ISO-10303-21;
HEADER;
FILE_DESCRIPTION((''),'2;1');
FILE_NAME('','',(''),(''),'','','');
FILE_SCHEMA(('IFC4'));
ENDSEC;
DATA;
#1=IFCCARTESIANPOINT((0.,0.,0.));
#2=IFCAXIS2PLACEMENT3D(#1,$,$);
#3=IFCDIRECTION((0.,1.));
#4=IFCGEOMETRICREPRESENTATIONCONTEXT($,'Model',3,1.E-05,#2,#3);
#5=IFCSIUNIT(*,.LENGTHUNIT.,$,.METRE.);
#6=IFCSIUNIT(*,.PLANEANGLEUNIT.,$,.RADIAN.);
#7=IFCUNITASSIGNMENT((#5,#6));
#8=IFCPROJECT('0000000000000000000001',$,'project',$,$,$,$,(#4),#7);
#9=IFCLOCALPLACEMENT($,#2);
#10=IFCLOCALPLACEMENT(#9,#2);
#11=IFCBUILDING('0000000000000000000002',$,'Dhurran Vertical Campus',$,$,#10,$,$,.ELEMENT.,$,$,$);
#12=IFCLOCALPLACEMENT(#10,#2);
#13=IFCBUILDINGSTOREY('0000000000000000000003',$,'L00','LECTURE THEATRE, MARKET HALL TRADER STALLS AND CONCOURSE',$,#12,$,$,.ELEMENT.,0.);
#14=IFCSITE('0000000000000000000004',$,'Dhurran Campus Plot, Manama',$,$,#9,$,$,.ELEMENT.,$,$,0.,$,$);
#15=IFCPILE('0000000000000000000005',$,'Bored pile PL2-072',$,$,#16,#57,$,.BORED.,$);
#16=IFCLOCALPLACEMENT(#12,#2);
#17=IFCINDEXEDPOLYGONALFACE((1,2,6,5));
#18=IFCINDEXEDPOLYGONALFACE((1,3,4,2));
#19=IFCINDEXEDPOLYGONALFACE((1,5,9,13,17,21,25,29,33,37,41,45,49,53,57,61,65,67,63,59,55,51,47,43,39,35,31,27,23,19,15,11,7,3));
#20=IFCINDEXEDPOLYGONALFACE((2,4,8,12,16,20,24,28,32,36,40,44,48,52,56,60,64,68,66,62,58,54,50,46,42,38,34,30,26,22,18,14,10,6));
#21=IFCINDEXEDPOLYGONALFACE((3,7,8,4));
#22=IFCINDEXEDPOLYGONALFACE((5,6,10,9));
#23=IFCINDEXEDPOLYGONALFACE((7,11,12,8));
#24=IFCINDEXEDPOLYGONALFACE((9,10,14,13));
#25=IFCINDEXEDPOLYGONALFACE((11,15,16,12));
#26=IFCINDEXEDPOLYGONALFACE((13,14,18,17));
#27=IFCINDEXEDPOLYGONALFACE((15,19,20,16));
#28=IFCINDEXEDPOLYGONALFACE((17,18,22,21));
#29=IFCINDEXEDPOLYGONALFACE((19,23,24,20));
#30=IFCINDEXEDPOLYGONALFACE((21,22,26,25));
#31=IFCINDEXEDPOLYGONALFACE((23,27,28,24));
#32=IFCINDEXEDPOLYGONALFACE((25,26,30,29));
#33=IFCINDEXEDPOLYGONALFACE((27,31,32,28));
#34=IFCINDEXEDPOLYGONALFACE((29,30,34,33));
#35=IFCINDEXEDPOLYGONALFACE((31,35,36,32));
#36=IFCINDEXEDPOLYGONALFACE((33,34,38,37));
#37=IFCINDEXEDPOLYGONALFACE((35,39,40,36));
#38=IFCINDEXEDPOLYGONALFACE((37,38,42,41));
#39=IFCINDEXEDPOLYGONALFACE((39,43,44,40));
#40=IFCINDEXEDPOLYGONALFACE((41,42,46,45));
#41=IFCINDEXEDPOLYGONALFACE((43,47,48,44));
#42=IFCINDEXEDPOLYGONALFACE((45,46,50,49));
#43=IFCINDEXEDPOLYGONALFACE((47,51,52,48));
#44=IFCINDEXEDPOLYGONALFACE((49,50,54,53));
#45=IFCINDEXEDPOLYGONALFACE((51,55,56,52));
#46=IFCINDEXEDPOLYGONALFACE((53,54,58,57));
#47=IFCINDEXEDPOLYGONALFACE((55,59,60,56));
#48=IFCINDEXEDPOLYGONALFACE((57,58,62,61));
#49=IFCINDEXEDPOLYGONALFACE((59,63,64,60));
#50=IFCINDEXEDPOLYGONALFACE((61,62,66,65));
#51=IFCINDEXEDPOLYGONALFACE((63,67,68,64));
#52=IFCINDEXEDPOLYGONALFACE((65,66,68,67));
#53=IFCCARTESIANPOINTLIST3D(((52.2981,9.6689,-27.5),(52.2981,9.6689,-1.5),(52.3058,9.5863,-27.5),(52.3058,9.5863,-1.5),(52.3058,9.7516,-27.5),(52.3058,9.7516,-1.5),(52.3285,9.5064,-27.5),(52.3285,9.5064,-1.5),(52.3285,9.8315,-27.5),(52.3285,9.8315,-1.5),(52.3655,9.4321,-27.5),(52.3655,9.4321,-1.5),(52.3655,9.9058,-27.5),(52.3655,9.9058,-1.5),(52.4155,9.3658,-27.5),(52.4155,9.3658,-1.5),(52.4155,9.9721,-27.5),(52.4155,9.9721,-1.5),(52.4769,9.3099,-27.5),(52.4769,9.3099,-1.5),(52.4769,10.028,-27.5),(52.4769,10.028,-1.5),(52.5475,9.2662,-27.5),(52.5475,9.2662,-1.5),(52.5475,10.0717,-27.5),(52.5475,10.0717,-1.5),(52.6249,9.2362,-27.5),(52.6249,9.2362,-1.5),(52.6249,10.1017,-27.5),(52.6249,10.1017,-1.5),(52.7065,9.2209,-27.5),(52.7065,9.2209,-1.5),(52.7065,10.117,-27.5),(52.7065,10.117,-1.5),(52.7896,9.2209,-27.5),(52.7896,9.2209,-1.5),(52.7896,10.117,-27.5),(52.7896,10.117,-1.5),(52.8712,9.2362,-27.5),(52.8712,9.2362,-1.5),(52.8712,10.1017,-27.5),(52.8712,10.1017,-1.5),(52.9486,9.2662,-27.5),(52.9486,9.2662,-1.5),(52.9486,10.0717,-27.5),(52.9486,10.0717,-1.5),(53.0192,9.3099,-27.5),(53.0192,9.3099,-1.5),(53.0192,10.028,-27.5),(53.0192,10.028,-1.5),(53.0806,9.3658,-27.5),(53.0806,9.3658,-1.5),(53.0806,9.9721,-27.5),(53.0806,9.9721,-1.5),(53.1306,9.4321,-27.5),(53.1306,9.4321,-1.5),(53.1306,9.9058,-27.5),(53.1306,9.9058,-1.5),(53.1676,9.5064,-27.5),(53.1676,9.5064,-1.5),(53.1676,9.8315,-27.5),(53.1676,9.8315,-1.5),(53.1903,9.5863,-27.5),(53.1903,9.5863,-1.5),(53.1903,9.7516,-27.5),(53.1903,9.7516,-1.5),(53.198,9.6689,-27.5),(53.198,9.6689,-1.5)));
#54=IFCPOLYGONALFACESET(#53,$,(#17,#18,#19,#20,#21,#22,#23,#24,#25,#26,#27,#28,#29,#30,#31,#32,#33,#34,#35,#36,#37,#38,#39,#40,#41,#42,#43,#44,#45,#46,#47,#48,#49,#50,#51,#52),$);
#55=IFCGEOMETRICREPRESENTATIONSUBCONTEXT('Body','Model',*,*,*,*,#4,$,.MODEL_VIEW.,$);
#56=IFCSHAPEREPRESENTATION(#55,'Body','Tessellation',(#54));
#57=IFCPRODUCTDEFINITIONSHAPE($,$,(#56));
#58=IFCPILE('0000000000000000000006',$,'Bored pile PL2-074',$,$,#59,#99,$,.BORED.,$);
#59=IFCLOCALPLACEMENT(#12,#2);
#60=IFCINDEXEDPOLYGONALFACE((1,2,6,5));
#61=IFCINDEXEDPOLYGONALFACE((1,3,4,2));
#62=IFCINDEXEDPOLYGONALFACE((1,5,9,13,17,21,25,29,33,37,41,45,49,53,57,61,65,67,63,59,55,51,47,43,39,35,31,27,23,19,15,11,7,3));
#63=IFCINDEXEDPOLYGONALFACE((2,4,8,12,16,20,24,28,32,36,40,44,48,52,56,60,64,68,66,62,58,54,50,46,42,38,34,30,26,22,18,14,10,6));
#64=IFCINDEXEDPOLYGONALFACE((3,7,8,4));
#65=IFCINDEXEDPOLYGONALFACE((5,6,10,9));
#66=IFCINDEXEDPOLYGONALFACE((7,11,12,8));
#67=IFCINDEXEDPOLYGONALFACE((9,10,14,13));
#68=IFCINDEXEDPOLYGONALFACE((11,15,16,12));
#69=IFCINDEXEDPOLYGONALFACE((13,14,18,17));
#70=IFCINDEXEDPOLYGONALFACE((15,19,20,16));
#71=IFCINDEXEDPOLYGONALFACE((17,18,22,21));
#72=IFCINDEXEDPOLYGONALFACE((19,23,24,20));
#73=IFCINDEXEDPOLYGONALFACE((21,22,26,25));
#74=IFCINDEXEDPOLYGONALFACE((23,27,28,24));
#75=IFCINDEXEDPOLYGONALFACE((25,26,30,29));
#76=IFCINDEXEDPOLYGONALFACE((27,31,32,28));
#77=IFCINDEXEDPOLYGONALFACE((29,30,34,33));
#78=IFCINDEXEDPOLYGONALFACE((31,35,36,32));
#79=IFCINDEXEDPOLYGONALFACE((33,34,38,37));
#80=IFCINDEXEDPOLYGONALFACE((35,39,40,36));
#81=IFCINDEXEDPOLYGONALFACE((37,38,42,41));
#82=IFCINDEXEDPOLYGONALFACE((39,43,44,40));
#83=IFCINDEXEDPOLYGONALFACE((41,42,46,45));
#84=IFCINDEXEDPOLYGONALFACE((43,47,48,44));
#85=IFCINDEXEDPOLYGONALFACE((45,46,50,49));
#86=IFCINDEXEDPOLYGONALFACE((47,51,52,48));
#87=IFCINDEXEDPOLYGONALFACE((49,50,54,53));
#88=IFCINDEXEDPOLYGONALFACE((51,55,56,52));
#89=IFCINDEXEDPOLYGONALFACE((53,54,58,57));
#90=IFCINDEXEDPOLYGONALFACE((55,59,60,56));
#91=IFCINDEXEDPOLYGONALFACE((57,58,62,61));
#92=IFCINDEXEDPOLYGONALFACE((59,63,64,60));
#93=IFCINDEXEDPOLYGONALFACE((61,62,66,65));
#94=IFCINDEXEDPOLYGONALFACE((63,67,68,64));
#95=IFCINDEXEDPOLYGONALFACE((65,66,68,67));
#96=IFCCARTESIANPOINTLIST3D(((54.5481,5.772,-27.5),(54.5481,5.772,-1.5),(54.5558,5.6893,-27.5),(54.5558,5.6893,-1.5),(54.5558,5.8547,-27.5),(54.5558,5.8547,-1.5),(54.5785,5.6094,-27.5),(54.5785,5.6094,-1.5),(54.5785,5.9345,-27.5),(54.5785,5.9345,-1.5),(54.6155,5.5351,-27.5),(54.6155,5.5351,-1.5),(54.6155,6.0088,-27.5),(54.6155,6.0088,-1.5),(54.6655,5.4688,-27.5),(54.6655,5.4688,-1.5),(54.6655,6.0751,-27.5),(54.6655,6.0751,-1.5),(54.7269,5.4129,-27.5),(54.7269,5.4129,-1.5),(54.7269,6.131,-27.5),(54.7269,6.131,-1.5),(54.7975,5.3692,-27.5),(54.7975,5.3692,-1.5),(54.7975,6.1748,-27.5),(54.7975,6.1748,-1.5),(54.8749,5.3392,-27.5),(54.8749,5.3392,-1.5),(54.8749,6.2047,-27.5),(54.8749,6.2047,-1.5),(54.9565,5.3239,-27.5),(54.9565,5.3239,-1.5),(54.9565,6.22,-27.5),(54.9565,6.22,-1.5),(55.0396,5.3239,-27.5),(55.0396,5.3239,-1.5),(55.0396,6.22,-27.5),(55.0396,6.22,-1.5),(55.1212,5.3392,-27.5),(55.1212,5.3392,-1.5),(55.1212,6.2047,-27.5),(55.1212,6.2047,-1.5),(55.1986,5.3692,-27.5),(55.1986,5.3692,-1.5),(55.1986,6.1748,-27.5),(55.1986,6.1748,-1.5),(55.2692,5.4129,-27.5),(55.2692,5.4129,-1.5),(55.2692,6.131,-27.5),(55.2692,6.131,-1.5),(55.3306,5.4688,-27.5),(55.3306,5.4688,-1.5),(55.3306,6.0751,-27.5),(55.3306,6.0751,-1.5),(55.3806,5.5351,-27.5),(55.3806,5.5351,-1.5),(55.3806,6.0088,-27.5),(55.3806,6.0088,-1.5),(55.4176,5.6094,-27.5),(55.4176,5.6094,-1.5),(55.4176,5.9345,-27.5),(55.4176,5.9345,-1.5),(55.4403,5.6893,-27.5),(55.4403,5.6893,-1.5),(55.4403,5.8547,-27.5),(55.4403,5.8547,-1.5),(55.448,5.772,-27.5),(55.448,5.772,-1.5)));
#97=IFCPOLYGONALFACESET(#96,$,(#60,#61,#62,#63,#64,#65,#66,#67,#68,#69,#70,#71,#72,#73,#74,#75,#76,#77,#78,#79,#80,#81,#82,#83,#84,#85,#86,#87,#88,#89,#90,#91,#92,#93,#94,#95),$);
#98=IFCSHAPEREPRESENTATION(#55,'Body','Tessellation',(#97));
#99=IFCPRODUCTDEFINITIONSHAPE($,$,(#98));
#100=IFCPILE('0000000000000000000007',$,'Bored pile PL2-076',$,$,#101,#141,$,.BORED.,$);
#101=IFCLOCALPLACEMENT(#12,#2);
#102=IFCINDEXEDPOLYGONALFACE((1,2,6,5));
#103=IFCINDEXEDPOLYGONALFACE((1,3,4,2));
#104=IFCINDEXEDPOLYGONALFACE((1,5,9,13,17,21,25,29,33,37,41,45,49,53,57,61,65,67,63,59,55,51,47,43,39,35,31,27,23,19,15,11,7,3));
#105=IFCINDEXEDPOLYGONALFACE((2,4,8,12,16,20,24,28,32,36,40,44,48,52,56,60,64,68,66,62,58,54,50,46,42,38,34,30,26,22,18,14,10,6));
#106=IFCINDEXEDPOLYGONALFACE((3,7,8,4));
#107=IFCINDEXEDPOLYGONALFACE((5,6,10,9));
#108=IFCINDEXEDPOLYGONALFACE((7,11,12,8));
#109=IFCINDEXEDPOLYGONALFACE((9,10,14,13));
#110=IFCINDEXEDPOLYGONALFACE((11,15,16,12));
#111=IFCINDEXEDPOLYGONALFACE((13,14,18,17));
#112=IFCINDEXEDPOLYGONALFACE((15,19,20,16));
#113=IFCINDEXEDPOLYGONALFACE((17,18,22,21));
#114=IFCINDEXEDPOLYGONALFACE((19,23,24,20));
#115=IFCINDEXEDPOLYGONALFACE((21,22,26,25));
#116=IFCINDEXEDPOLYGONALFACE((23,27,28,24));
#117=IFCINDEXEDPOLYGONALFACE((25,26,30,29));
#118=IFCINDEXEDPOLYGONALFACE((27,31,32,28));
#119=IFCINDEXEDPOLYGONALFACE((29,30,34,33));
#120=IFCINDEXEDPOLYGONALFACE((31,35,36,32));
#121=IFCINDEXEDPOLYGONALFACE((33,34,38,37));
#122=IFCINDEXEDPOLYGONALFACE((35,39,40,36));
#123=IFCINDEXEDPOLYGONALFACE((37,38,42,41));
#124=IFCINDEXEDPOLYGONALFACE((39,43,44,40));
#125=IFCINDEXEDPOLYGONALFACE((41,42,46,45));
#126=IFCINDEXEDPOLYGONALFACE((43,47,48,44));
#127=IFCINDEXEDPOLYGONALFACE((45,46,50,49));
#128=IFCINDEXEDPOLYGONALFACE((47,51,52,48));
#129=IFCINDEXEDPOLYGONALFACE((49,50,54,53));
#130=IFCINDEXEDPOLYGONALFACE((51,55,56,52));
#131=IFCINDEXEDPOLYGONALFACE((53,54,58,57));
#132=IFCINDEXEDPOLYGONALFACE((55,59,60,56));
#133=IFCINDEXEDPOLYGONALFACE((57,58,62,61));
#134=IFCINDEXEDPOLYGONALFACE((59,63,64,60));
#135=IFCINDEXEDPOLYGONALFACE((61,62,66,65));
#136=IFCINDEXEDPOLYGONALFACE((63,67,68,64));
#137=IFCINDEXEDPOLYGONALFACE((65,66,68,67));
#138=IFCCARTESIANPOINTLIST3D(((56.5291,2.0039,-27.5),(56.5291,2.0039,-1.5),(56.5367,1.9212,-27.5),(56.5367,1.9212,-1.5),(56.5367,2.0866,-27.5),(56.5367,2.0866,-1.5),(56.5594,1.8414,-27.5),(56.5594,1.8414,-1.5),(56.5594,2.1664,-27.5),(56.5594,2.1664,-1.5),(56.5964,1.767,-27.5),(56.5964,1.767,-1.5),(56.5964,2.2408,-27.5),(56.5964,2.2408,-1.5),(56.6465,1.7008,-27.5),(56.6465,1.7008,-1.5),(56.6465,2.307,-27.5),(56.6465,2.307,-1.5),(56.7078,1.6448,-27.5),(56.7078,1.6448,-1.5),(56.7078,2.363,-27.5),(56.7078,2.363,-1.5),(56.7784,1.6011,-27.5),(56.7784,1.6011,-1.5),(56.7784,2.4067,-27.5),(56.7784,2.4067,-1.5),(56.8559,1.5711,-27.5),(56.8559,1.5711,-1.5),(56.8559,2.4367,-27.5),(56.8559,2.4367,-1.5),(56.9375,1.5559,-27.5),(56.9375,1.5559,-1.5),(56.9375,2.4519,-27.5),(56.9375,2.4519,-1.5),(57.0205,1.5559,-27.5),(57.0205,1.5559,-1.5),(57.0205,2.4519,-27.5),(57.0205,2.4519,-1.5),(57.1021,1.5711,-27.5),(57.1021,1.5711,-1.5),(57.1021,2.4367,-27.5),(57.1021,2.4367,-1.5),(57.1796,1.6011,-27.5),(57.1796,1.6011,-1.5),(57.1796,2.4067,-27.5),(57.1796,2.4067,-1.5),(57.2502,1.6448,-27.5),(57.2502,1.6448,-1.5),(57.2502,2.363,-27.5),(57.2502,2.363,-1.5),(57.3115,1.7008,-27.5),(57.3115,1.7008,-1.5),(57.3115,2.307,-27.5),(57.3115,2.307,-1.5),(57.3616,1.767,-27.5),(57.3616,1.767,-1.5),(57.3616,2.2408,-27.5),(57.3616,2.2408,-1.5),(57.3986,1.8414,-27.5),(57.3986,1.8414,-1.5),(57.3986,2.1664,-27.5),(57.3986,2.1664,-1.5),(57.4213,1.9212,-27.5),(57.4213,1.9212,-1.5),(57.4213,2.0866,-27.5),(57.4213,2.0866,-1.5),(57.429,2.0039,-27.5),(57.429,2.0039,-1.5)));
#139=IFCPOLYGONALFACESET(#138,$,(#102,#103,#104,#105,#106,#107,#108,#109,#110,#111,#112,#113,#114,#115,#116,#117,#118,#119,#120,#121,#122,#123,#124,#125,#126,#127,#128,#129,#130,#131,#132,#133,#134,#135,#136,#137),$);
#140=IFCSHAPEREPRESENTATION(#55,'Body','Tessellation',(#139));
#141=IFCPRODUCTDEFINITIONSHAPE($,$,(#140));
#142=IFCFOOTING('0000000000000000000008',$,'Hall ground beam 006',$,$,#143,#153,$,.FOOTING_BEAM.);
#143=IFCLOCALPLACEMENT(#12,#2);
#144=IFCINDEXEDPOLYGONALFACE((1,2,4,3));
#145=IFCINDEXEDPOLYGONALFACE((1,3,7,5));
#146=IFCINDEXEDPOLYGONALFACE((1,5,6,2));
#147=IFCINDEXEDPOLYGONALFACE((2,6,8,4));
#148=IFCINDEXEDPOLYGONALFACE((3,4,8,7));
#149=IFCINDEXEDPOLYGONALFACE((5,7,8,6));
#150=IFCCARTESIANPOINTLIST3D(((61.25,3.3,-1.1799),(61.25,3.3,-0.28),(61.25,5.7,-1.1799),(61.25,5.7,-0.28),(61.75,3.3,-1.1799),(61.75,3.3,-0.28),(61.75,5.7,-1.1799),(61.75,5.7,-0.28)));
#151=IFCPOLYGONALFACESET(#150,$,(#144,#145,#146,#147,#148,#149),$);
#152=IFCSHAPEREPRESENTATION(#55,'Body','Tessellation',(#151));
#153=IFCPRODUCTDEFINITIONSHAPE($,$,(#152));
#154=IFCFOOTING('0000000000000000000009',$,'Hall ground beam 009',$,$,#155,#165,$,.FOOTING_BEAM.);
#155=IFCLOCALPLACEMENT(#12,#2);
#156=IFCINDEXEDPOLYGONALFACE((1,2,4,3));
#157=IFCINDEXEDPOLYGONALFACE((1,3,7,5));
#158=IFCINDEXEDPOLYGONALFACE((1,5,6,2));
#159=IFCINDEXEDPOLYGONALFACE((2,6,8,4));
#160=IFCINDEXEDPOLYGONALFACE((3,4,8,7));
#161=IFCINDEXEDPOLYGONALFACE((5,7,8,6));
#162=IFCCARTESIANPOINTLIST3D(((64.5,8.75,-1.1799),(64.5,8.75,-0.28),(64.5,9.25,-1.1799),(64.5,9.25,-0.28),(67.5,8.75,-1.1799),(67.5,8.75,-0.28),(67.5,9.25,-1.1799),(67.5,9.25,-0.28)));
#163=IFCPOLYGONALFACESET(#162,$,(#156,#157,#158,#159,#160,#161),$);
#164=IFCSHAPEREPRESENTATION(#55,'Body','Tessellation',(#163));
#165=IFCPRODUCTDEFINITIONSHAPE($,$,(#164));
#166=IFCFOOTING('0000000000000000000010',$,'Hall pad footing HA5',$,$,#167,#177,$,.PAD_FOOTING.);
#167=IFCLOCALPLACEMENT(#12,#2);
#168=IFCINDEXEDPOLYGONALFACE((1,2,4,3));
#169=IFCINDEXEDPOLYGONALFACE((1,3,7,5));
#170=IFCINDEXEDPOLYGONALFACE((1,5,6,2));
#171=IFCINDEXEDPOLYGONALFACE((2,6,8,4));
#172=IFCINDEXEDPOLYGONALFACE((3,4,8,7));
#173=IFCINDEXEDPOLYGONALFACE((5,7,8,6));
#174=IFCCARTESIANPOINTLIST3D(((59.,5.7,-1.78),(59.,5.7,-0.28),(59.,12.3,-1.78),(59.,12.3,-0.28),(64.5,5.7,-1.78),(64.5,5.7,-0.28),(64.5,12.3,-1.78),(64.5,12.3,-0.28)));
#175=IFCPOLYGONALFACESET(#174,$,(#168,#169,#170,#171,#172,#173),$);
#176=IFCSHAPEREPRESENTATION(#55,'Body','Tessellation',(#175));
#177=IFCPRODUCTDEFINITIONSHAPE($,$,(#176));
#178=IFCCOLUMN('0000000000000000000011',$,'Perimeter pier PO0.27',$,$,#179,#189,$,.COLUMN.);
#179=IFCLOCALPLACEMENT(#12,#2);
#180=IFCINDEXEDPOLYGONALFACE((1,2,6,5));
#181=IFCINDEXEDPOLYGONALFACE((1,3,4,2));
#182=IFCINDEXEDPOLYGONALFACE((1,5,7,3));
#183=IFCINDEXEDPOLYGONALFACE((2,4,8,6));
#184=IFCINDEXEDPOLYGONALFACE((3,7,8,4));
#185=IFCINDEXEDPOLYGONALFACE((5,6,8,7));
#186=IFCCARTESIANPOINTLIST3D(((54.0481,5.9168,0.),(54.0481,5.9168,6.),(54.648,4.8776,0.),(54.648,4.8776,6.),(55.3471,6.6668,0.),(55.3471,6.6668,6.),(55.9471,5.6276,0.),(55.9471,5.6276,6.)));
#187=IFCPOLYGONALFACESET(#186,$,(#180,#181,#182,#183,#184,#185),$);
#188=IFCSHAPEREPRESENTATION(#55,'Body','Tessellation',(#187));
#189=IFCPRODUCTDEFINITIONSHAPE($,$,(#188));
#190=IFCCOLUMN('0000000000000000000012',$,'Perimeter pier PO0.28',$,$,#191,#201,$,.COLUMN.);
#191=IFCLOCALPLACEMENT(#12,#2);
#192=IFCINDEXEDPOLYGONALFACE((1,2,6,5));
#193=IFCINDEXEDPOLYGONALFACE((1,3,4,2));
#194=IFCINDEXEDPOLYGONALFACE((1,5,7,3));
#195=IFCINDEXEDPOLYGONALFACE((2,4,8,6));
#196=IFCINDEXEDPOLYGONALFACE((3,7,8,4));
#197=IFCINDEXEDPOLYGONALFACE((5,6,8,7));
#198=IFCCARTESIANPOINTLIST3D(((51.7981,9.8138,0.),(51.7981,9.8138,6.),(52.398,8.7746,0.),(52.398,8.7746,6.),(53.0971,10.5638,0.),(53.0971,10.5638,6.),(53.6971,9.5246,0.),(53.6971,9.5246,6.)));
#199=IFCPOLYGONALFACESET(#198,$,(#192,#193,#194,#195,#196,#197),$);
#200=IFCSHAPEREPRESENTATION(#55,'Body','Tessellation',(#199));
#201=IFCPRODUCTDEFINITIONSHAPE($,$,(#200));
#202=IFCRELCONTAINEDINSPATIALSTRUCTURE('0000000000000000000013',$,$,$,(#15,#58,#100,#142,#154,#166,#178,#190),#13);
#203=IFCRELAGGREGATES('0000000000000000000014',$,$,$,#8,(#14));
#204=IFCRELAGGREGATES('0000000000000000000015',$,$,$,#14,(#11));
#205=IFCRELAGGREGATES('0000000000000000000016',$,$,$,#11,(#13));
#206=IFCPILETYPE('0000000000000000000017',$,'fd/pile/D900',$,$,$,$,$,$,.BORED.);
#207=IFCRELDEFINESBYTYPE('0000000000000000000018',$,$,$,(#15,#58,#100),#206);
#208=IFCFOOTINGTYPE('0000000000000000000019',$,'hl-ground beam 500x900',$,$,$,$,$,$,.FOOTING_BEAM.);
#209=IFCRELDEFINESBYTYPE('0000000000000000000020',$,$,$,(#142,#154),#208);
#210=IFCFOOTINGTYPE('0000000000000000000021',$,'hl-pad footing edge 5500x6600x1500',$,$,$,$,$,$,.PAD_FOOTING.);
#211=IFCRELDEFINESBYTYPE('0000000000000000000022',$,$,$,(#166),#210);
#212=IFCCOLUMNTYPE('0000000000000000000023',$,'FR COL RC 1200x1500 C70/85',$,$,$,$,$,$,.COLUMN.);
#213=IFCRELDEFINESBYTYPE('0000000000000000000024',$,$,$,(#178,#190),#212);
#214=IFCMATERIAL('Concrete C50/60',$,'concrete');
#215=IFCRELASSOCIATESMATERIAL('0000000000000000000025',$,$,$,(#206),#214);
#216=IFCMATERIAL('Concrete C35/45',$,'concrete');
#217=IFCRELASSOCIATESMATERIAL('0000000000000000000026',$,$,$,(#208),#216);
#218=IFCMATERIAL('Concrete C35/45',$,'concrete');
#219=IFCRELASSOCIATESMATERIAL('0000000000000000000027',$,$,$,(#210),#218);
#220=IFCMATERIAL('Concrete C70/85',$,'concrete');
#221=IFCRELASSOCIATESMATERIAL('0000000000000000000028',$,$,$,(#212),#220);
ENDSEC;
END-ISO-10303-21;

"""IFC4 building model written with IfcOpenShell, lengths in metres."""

from ifc_helpers import new_model, si_unit, direction, frame, origin, origin_2d, place, context, subcontext, project, spatial, rectangle, circle, extrude, material, material_profile, profile_set, type_object, element, save


model = new_model("IFC4")

# Units and contexts
model_context = context("Model", 3, precision=1e-05, world=origin(), true_north=direction((0.0, 1.0)))
body_context = subcontext(model_context, "Body", "Model", "MODEL_VIEW")
ifc_project = project(units=[si_unit("LENGTHUNIT", "METRE"), si_unit("PLANEANGLEUNIT", "RADIAN")], contexts=[model_context])

# Site, building, storey
site_placement = place(None, origin())
site = spatial("IfcSite", under=ifc_project, at=site_placement, Name="Dhurran Campus Plot, Manama", CompositionType="ELEMENT", RefElevation=0.0)
building_placement = place(site_placement, origin())
building = spatial("IfcBuilding", under=site, at=building_placement, Name="Dhurran Vertical Campus", CompositionType="ELEMENT")
storey_placement = place(building_placement, origin())
storey = spatial("IfcBuildingStorey", under=building, at=storey_placement, Name="L00", Description="LECTURE THEATRE, MARKET HALL TRADER STALLS AND CONCOURSE", CompositionType="ELEMENT", Elevation=0.0)

# Piles
ifc_material_1 = material(Name="Concrete C50/60", Category="concrete")
ifc_material_profile_1 = material_profile(ifc_material_1, circle(Radius=0.45, at=origin_2d()), Name="fd/pile/D900")
ifc_profile_set_1 = profile_set([ifc_material_profile_1], Name="Concrete C50/60")
pile_type = type_object("IfcPileType", Name="fd/pile/D900", PredefinedType="BORED", material=ifc_profile_set_1)
for number, where, z_axis, x_axis, name in (
    (1, (52.748, 9.6689, -1.5), (0.0, 0.0, -1.0), (1.0, 0.0, 0.0), "Bored pile PL2-072"),
    (2, (54.998, 5.772, -1.5), (0.0, 0.0, -1.0), (1.0, 0.0, 0.0), "Bored pile PL2-074"),
    (3, (56.979, 2.0039, -1.5), (0.0, 0.0, -1.0), (1.0, 0.0, 0.0), "Bored pile PL2-076"),
):
    element("IfcPile", number, at=place(storey_placement, frame(where, z_axis=z_axis, x_axis=x_axis)), inside=storey, type_object=pile_type, Name=name, PredefinedType="BORED", context=body_context, shape_type="SweptSolid", body=[
        extrude(circle(Radius=0.45, at=origin_2d()), origin(), (0.0, 0.0, 1.0), 26.0),
    ])

# Footings
ifc_material_2 = material(Name="Concrete C35/45", Category="concrete")
ifc_material_profile_2 = material_profile(ifc_material_2, rectangle(XDim=0.5, YDim=0.8999, at=origin_2d()), Name="hl-ground beam 500x900")
ifc_profile_set_2 = profile_set([ifc_material_profile_2], Name="Concrete C35/45")
footing_type_1 = type_object("IfcFootingType", Name="hl-ground beam 500x900", PredefinedType="FOOTING_BEAM", material=ifc_profile_set_2)
footing_1_placement = place(storey_placement, frame((61.5, 3.3, -0.73), z_axis=(0.0, 1.0, 0.0), x_axis=(-1.0, 0.0, 0.0)))
element("IfcFooting", 4, at=footing_1_placement, inside=storey, type_object=footing_type_1, Name="Hall ground beam 006", PredefinedType="FOOTING_BEAM", context=body_context, shape_type="SweptSolid", body=[
    extrude(rectangle(XDim=0.5, YDim=0.8999, at=origin_2d()), origin(), (0.0, 0.0, 1.0), 2.3999),
])
footing_2_placement = place(storey_placement, frame((64.5, 9.0, -0.73), z_axis=(1.0, 0.0, 0.0), x_axis=(0.0, 1.0, 0.0)))
element("IfcFooting", 5, at=footing_2_placement, inside=storey, type_object=footing_type_1, Name="Hall ground beam 009", PredefinedType="FOOTING_BEAM", context=body_context, shape_type="SweptSolid", body=[
    extrude(rectangle(XDim=0.5, YDim=0.8999, at=origin_2d()), origin(), (0.0, 0.0, 1.0), 3.0),
])
ifc_material_3 = material(Name="Concrete C35/45", Category="concrete")
footing_type_2 = type_object("IfcFootingType", Name="hl-pad footing edge 5500x6600x1500", PredefinedType="PAD_FOOTING", material=ifc_material_3)
footing_3_placement = place(storey_placement, frame((61.75, 9.0, -1.78), z_axis=(0.0, 0.0, 1.0), x_axis=(1.0, 0.0, 0.0)))
element("IfcFooting", 6, at=footing_3_placement, inside=storey, type_object=footing_type_2, Name="Hall pad footing HA5", PredefinedType="PAD_FOOTING", context=body_context, shape_type="SweptSolid", body=[
    extrude(rectangle(XDim=5.5, YDim=6.6001, at=origin_2d()), origin(), (0.0, 0.0, 1.0), 1.5),
])

# Columns
ifc_material_4 = material(Name="Concrete C70/85", Category="concrete")
ifc_material_profile_3 = material_profile(ifc_material_4, rectangle(XDim=1.2, YDim=1.5, at=origin_2d()), Name="RC 1200x1500")
ifc_profile_set_3 = profile_set([ifc_material_profile_3], Name="Concrete C70/85")
column_type_1 = type_object("IfcColumnType", Name="FR COL RC 1200x1500 C70/85", PredefinedType="COLUMN", material=ifc_profile_set_3)
for number, where, z_axis, x_axis, name in (
    (7, (54.9976, 5.7722, 0.0), (0.0, 0.0, 1.0), (-0.5, 0.866025, 0.0), "Perimeter pier PO0.27"),
    (8, (52.7476, 9.6692, 0.0), (0.0, 0.0, 1.0), (-0.5, 0.866025, 0.0), "Perimeter pier PO0.28"),
):
    element("IfcColumn", number, at=place(storey_placement, frame(where, z_axis=z_axis, x_axis=x_axis)), inside=storey, type_object=column_type_1, Name=name, PredefinedType="COLUMN", context=body_context, shape_type="SweptSolid", body=[
        extrude(rectangle(XDim=1.2, YDim=1.5, at=origin_2d()), origin(), (0.0, 0.0, 1.0), 6.0),
    ])

save(model, "model.ifc")
